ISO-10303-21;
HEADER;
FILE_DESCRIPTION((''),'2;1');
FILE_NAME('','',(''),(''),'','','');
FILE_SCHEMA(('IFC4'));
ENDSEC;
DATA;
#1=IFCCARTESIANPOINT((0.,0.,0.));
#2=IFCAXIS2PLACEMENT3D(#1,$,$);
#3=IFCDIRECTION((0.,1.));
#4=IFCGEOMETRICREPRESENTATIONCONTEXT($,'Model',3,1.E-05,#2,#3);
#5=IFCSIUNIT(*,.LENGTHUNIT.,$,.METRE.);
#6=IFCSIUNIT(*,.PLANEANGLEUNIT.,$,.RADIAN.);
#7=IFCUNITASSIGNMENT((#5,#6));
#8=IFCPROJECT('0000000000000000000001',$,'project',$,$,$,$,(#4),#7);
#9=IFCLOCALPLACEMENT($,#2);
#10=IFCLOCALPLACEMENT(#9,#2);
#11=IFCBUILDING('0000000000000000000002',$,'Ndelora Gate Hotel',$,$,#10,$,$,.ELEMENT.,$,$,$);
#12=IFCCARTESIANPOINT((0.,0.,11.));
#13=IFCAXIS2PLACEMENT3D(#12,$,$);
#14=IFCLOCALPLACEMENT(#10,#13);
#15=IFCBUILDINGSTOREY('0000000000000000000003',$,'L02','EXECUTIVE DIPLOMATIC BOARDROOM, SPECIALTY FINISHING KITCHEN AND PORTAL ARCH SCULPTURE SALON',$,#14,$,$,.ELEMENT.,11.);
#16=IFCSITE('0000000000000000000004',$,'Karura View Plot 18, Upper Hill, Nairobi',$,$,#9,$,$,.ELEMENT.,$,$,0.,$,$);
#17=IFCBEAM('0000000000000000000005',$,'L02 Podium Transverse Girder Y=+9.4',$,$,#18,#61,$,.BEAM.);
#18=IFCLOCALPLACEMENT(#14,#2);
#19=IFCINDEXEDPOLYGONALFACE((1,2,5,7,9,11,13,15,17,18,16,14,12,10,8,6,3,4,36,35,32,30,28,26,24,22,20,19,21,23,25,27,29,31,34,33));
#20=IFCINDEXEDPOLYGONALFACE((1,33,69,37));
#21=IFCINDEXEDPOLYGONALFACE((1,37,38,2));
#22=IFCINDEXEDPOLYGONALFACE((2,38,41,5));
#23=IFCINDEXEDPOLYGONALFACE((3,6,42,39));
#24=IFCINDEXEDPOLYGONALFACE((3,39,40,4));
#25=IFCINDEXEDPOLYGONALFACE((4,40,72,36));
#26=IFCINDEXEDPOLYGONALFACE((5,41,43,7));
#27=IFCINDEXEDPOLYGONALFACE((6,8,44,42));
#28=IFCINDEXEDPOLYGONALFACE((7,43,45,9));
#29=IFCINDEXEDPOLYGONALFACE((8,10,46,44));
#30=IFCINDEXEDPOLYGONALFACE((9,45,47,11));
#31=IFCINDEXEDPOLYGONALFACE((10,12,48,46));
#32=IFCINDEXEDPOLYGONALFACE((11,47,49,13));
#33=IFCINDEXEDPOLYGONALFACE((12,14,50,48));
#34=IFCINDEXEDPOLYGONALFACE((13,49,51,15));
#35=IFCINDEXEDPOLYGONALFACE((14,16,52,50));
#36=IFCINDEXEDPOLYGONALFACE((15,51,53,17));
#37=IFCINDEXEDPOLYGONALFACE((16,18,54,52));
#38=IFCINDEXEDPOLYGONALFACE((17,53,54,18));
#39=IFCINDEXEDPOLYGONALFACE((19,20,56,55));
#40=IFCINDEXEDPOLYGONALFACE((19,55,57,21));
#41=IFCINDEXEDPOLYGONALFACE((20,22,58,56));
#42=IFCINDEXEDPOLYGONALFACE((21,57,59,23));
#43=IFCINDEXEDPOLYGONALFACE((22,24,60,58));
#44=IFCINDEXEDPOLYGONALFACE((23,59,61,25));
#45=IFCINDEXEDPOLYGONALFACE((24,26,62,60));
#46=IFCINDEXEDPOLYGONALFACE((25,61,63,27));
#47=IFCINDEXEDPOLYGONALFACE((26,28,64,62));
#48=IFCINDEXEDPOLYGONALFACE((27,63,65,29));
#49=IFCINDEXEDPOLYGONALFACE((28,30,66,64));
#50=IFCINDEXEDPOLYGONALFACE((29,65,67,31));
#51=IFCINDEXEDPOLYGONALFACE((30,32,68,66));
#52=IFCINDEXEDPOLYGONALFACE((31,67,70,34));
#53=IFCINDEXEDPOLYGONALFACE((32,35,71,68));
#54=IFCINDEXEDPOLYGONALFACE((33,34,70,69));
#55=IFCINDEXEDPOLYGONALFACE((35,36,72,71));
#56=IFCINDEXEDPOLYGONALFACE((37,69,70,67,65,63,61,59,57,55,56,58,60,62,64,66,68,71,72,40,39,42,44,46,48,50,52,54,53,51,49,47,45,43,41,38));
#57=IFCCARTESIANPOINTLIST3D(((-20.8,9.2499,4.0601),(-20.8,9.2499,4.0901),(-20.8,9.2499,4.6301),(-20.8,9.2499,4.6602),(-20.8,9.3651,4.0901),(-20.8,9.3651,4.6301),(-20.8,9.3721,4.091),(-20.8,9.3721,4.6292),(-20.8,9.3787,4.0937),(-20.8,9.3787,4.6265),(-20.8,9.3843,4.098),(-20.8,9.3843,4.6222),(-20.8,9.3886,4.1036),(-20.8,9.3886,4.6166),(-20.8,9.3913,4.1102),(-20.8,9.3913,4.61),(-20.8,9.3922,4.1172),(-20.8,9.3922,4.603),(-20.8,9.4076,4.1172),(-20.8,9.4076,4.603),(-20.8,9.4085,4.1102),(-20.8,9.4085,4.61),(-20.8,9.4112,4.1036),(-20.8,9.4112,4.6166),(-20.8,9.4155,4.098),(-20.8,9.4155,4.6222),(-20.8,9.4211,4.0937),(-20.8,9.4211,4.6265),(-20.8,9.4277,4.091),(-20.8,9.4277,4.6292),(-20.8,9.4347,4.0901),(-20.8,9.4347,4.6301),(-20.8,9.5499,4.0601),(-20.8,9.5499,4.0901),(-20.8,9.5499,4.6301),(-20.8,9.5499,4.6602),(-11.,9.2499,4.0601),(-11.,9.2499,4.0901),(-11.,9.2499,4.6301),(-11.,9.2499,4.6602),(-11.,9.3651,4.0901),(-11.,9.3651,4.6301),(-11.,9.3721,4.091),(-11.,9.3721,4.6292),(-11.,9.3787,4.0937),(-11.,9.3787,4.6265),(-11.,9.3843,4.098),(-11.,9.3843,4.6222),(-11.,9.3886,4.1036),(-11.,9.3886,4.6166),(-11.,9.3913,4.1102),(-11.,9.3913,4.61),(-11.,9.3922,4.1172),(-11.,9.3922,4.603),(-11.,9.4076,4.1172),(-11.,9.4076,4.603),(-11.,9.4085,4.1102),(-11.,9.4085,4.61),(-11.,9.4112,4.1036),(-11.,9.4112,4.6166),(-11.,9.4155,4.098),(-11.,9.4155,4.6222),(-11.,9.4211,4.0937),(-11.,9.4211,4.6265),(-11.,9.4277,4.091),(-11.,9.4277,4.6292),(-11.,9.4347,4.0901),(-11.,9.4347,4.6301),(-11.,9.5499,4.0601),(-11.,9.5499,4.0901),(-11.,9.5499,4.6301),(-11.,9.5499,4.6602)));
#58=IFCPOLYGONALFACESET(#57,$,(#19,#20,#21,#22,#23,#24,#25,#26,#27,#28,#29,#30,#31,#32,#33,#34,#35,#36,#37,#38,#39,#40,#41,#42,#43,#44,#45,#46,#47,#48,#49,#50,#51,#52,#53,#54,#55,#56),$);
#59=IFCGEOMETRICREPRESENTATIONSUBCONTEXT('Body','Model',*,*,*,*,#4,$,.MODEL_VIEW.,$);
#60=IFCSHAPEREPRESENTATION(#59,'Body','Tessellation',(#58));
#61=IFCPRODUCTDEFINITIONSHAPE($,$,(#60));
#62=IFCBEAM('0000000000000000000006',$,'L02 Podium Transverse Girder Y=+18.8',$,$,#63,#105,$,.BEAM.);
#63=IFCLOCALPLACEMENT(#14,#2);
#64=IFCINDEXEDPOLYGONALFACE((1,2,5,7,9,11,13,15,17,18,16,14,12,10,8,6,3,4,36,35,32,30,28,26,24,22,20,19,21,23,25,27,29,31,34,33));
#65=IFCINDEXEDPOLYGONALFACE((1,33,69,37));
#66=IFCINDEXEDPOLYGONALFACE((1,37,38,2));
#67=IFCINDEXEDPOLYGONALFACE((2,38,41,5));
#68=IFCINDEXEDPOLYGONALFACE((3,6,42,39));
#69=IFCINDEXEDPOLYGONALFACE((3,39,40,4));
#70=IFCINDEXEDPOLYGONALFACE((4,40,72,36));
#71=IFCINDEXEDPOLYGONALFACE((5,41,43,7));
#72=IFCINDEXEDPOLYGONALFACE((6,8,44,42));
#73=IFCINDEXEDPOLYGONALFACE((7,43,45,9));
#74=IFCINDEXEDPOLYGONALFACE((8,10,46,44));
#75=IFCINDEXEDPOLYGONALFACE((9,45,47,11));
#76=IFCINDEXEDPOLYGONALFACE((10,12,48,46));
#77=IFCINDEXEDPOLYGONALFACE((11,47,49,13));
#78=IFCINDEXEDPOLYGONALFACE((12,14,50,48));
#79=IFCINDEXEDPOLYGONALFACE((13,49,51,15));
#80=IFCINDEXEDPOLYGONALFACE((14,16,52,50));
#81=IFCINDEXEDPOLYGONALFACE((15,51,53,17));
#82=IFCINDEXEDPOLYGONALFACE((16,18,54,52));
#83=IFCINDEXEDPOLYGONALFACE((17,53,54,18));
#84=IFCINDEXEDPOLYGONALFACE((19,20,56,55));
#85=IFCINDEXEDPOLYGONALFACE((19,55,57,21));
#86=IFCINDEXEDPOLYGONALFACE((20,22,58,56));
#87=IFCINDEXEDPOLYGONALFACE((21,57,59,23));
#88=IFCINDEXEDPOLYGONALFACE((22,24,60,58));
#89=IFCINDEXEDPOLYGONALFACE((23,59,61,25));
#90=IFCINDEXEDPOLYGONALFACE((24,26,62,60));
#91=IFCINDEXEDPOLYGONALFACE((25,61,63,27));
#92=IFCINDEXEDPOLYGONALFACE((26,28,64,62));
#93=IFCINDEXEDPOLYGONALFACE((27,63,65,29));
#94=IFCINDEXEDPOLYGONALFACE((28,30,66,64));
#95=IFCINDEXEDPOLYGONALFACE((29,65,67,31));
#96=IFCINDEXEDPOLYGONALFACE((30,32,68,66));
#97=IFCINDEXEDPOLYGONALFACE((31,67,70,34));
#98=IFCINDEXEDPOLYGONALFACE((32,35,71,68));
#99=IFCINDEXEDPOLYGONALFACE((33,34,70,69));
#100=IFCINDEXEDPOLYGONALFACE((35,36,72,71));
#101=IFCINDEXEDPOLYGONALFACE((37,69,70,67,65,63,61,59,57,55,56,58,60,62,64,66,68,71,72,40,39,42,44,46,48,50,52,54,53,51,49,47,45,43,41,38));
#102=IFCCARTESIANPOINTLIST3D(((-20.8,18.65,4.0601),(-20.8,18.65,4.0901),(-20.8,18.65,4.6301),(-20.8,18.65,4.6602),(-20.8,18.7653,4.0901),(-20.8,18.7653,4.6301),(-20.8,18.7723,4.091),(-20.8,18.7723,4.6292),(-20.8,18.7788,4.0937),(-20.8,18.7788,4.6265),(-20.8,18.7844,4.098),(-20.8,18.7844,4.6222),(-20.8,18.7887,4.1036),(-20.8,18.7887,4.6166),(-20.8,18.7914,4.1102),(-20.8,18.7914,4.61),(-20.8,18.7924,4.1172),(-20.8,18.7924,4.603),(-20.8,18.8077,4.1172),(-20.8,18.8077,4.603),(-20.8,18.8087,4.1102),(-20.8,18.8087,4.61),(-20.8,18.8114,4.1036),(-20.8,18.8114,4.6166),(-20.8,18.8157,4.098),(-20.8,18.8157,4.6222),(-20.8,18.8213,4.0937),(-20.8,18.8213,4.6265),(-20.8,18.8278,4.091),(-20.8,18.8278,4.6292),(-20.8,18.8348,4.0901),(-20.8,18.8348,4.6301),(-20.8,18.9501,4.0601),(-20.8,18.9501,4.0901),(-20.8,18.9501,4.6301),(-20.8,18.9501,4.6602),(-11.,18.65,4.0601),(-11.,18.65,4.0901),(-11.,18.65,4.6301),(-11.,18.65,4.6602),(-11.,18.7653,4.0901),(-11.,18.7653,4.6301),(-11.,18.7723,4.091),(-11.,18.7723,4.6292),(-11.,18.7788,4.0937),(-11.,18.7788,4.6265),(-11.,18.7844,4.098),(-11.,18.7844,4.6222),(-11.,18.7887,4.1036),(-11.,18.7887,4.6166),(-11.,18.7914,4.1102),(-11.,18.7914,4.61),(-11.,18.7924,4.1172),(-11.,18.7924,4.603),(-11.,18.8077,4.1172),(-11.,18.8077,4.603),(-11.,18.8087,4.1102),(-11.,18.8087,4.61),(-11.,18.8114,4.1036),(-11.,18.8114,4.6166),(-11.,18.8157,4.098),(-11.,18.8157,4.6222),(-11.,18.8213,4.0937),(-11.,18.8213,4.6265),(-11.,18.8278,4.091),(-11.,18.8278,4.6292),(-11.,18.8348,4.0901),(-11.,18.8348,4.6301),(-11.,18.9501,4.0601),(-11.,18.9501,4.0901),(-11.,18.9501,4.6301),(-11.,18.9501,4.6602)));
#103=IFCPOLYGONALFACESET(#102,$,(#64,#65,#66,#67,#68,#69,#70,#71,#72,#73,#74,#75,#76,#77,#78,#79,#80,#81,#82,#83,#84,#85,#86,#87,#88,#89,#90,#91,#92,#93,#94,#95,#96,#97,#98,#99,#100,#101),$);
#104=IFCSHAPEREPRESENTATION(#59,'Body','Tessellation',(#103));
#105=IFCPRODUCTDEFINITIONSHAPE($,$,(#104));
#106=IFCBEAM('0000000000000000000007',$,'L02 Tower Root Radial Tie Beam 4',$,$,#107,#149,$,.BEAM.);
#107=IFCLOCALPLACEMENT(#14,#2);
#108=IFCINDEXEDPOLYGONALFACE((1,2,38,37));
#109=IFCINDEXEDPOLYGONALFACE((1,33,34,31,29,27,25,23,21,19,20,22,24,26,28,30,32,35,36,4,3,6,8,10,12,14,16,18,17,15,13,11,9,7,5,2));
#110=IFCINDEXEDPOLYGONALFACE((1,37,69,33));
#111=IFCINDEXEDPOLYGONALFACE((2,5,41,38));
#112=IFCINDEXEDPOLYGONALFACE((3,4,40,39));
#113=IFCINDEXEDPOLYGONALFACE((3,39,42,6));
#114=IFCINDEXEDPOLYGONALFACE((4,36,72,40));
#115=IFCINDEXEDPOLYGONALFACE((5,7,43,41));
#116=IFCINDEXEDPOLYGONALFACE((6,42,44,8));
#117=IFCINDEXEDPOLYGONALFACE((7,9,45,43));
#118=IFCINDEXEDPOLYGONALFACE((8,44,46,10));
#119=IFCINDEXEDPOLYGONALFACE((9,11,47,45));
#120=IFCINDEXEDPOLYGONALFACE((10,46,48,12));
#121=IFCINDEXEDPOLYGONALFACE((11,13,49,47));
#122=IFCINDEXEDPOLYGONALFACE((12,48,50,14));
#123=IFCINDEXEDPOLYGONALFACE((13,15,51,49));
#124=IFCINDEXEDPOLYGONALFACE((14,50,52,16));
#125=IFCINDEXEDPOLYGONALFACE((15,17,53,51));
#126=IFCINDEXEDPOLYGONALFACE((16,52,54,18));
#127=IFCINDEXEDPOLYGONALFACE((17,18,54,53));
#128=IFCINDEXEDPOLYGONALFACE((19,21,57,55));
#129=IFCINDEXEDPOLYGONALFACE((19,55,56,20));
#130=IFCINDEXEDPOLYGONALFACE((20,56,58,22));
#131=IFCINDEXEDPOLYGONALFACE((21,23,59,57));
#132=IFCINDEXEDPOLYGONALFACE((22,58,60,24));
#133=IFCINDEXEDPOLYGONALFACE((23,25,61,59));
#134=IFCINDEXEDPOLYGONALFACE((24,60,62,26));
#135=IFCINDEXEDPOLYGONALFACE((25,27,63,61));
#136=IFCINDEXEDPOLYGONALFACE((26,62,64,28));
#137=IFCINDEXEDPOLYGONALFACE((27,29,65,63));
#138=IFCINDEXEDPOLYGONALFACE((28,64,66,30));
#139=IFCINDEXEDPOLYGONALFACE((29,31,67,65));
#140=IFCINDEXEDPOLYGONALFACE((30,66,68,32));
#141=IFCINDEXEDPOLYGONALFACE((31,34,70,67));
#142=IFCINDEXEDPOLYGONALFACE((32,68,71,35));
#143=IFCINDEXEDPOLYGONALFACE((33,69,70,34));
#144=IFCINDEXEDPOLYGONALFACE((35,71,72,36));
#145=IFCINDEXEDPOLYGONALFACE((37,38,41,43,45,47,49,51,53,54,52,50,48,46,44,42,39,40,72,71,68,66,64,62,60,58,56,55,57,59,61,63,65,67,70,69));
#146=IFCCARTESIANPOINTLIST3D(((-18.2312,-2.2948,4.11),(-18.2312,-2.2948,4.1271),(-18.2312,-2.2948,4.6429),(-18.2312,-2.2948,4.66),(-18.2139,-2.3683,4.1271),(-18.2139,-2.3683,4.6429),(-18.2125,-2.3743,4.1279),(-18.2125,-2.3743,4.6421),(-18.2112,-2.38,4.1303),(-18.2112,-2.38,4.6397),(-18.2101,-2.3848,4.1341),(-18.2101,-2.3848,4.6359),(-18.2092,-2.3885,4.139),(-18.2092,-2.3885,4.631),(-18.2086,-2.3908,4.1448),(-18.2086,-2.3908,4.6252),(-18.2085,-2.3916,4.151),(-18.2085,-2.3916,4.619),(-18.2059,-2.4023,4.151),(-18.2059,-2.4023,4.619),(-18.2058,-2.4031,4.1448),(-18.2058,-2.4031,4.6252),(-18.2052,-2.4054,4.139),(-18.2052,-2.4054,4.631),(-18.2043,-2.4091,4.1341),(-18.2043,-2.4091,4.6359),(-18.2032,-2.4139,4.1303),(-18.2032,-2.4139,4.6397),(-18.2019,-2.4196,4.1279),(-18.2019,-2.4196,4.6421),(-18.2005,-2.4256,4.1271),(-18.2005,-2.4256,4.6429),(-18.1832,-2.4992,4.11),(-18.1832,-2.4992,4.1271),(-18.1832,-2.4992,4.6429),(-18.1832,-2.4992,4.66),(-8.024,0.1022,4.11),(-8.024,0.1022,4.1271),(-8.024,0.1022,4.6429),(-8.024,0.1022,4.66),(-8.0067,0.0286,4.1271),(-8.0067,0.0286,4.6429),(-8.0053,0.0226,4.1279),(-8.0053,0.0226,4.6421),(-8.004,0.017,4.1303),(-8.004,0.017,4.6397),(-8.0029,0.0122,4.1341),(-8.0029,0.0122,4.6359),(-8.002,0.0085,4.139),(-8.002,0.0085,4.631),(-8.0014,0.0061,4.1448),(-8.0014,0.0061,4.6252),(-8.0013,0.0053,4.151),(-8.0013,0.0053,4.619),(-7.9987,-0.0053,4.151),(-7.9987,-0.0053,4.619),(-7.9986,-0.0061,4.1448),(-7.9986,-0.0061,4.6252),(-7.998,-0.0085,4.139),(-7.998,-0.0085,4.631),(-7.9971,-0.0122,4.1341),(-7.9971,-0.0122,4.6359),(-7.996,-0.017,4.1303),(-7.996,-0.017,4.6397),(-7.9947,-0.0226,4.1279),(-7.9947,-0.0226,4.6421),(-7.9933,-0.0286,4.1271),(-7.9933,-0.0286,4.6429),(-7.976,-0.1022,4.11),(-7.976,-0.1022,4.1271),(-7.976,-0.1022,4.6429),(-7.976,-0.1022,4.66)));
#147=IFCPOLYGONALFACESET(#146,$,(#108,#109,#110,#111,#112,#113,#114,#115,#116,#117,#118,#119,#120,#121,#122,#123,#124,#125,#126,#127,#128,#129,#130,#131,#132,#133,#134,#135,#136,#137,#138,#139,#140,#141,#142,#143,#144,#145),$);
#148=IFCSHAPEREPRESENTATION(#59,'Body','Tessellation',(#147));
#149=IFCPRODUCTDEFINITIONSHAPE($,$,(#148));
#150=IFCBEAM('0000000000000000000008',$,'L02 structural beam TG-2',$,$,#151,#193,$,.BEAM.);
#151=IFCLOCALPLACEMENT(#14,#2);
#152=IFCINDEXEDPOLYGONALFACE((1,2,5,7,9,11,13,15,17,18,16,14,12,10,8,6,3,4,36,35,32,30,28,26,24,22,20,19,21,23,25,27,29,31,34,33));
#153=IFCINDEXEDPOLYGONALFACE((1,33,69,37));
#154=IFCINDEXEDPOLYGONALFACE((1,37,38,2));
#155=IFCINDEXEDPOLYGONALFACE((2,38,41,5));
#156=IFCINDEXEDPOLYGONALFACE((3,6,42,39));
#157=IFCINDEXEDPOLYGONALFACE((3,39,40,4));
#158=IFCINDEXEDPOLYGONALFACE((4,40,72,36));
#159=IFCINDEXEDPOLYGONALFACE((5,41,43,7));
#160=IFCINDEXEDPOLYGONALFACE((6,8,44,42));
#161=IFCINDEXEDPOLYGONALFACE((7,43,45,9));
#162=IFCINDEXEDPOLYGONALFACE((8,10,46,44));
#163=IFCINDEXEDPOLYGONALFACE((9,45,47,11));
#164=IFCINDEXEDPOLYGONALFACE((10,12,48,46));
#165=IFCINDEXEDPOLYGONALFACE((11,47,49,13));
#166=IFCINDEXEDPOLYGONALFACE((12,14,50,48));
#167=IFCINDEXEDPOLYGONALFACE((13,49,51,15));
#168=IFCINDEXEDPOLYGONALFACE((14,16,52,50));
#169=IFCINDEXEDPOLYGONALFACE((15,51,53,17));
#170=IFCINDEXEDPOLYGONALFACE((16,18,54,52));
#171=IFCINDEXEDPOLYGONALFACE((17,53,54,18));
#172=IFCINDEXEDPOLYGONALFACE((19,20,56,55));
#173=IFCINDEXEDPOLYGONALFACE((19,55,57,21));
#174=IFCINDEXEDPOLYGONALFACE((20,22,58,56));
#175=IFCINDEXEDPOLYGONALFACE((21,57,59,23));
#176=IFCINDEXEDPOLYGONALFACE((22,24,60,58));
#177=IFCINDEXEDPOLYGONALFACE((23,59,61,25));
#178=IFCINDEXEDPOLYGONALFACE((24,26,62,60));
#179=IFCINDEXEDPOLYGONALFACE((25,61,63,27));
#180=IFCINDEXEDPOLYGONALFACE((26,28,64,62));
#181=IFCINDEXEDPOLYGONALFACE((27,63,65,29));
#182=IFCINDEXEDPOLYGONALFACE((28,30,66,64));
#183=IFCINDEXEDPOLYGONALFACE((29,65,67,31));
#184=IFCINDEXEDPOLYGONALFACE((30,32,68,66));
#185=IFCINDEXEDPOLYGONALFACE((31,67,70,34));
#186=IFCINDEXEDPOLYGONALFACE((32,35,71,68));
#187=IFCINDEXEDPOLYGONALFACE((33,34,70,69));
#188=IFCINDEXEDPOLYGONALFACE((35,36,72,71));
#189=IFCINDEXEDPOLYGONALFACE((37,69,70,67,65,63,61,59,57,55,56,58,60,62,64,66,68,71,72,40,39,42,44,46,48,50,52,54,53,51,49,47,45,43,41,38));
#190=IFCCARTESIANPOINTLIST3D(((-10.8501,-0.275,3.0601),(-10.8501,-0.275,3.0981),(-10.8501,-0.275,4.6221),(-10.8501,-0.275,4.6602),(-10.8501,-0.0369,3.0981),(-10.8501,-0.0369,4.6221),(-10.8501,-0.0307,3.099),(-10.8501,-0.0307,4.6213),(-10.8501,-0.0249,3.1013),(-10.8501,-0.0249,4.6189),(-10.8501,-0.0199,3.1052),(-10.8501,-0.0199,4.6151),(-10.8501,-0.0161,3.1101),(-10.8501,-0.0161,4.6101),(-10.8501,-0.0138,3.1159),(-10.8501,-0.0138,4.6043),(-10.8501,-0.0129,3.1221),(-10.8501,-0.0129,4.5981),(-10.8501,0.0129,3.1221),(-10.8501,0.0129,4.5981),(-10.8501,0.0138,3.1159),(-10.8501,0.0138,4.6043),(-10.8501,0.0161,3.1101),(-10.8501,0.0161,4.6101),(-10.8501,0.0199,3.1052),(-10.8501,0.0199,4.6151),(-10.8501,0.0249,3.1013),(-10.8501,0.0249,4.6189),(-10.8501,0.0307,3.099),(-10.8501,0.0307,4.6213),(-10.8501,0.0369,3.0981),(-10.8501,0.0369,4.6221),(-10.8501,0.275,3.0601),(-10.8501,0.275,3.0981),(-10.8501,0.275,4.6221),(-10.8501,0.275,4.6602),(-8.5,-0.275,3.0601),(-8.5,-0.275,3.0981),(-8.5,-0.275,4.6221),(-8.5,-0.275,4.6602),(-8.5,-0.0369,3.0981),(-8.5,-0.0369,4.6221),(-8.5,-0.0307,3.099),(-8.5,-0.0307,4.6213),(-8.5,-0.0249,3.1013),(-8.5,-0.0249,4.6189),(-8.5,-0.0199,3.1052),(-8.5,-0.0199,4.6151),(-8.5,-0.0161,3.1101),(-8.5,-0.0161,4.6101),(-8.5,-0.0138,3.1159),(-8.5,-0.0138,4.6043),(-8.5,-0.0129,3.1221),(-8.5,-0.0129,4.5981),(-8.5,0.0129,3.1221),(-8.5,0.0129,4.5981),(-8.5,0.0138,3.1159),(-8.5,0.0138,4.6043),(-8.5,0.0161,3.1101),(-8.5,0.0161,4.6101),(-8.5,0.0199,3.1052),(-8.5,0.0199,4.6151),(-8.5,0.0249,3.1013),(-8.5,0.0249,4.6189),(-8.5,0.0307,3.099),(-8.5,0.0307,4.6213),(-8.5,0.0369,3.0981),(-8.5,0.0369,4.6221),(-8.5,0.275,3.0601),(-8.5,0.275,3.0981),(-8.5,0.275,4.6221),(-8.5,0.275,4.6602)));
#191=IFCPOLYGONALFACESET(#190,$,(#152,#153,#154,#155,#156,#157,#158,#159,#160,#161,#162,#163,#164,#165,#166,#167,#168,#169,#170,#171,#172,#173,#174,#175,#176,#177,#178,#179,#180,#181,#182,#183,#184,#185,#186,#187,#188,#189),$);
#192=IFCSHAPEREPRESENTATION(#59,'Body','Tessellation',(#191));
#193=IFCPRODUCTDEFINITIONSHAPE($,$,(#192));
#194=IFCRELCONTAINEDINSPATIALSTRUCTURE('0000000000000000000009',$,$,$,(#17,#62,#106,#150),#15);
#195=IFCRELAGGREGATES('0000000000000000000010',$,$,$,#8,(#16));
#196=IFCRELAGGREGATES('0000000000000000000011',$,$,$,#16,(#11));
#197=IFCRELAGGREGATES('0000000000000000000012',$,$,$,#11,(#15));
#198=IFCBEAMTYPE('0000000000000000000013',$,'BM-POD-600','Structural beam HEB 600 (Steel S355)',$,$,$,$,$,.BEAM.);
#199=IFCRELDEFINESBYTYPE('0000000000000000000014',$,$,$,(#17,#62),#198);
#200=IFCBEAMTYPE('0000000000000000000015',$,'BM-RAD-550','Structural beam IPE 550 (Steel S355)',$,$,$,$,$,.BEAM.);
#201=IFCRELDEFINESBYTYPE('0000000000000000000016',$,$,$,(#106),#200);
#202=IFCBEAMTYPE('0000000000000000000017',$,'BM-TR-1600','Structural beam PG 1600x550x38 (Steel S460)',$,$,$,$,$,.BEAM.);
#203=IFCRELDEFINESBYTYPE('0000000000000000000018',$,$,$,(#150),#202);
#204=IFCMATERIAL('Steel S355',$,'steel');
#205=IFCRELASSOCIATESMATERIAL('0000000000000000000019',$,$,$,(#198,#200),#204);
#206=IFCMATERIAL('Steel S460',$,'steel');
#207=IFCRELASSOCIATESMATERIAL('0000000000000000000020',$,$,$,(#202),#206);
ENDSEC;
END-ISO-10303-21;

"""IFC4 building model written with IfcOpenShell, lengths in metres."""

from ifc_helpers import new_model, si_unit, direction, frame, origin, origin_2d, place, context, subcontext, project, spatial, i_section, extrude, material, material_profile, profile_set, type_object, element, save


model = new_model("IFC4")

# Units and contexts
model_context = context("Model", 3, precision=1e-05, world=origin(), true_north=direction((0.0, 1.0)))
body_context = subcontext(model_context, "Body", "Model", "MODEL_VIEW")
ifc_project = project(units=[si_unit("LENGTHUNIT", "METRE"), si_unit("PLANEANGLEUNIT", "RADIAN")], contexts=[model_context])

# Site, building, storey
site_placement = place(None, origin())
site = spatial("IfcSite", under=ifc_project, at=site_placement, Name="Karura View Plot 18, Upper Hill, Nairobi", CompositionType="ELEMENT", RefElevation=0.0)
building_placement = place(site_placement, origin())
building = spatial("IfcBuilding", under=site, at=building_placement, Name="Ndelora Gate Hotel", CompositionType="ELEMENT")
storey_placement = place(building_placement, frame((0.0, 0.0, 11.0)))
storey = spatial("IfcBuildingStorey", under=building, at=storey_placement, Name="L02", Description="EXECUTIVE DIPLOMATIC BOARDROOM, SPECIALTY FINISHING KITCHEN AND PORTAL ARCH SCULPTURE SALON", CompositionType="ELEMENT", Elevation=11.0)

# Beams
ifc_material_1 = material(Name="Steel S355", Category="steel")
ifc_material_profile_1 = material_profile(ifc_material_1, i_section(OverallWidth=0.3, OverallDepth=0.6001, WebThickness=0.0154, FlangeThickness=0.03, FilletRadius=0.0271, at=origin_2d()), Name="HEB 600")
ifc_profile_set_1 = profile_set([ifc_material_profile_1], Name="Steel S355")
beam_type_1 = type_object("IfcBeamType", Name="BM-POD-600", Description="Structural beam HEB 600 (Steel S355)", PredefinedType="BEAM", material=ifc_profile_set_1)
for number, where, z_axis, x_axis, name in (
    (1, (-20.8, 9.3999, 4.3601), (1.0, 0.0, 0.0), (0.0, 1.0, 0.0), "L02 Podium Transverse Girder Y=+9.4"),
    (2, (-20.8, 18.8, 4.3601), (1.0, 0.0, 0.0), (0.0, 1.0, 0.0), "L02 Podium Transverse Girder Y=+18.8"),
):
    element("IfcBeam", number, at=place(storey_placement, frame(where, z_axis=z_axis, x_axis=x_axis)), inside=storey, type_object=beam_type_1, Name=name, PredefinedType="BEAM", context=body_context, shape_type="SweptSolid", body=[
        extrude(i_section(OverallWidth=0.3, OverallDepth=0.6001, WebThickness=0.0154, FlangeThickness=0.03, FilletRadius=0.0271, at=origin_2d()), origin(), (0.0, 0.0, 1.0), 9.8),
    ])
ifc_material_profile_2 = material_profile(ifc_material_1, i_section(OverallWidth=0.21, OverallDepth=0.55, WebThickness=0.011, FlangeThickness=0.0171, FilletRadius=0.0239, at=origin_2d()), Name="IPE 550")
ifc_profile_set_2 = profile_set([ifc_material_profile_2], Name="Steel S355")
beam_type_2 = type_object("IfcBeamType", Name="BM-RAD-550", Description="Structural beam IPE 550 (Steel S355)", PredefinedType="BEAM", material=ifc_profile_set_2)
beam_1_placement = place(storey_placement, frame((-8.0, 0.0, 4.385), z_axis=(-0.973518, -0.228611, 0.0), x_axis=(0.228611, -0.973518, 0.0)))
element("IfcBeam", 3, at=beam_1_placement, inside=storey, type_object=beam_type_2, Name="L02 Tower Root Radial Tie Beam 4", PredefinedType="BEAM", context=body_context, shape_type="SweptSolid", body=[
    extrude(i_section(OverallWidth=0.21, OverallDepth=0.55, WebThickness=0.011, FlangeThickness=0.0171, FilletRadius=0.0239, at=origin_2d()), origin(), (0.0, 0.0, 1.0), 10.4849),
])
ifc_material_2 = material(Name="Steel S460", Category="steel")
ifc_material_profile_3 = material_profile(ifc_material_2, i_section(OverallWidth=0.55, OverallDepth=1.6001, WebThickness=0.0259, FlangeThickness=0.0381, FilletRadius=0.0239, at=origin_2d()), Name="PG 1600x550x38")
ifc_profile_set_3 = profile_set([ifc_material_profile_3], Name="Steel S460")
beam_type_3 = type_object("IfcBeamType", Name="BM-TR-1600", Description="Structural beam PG 1600x550x38 (Steel S460)", PredefinedType="BEAM", material=ifc_profile_set_3)
beam_2_placement = place(storey_placement, frame((-10.8501, 0.0, 3.8601), z_axis=(1.0, 0.0, 0.0), x_axis=(0.0, 1.0, 0.0)))
element("IfcBeam", 4, at=beam_2_placement, inside=storey, type_object=beam_type_3, Name="L02 structural beam TG-2", PredefinedType="BEAM", context=body_context, shape_type="SweptSolid", body=[
    extrude(i_section(OverallWidth=0.55, OverallDepth=1.6001, WebThickness=0.0259, FlangeThickness=0.0381, FilletRadius=0.0239, at=origin_2d()), origin(), (0.0, 0.0, 1.0), 2.3501),
])

save(model, "model.ifc")
